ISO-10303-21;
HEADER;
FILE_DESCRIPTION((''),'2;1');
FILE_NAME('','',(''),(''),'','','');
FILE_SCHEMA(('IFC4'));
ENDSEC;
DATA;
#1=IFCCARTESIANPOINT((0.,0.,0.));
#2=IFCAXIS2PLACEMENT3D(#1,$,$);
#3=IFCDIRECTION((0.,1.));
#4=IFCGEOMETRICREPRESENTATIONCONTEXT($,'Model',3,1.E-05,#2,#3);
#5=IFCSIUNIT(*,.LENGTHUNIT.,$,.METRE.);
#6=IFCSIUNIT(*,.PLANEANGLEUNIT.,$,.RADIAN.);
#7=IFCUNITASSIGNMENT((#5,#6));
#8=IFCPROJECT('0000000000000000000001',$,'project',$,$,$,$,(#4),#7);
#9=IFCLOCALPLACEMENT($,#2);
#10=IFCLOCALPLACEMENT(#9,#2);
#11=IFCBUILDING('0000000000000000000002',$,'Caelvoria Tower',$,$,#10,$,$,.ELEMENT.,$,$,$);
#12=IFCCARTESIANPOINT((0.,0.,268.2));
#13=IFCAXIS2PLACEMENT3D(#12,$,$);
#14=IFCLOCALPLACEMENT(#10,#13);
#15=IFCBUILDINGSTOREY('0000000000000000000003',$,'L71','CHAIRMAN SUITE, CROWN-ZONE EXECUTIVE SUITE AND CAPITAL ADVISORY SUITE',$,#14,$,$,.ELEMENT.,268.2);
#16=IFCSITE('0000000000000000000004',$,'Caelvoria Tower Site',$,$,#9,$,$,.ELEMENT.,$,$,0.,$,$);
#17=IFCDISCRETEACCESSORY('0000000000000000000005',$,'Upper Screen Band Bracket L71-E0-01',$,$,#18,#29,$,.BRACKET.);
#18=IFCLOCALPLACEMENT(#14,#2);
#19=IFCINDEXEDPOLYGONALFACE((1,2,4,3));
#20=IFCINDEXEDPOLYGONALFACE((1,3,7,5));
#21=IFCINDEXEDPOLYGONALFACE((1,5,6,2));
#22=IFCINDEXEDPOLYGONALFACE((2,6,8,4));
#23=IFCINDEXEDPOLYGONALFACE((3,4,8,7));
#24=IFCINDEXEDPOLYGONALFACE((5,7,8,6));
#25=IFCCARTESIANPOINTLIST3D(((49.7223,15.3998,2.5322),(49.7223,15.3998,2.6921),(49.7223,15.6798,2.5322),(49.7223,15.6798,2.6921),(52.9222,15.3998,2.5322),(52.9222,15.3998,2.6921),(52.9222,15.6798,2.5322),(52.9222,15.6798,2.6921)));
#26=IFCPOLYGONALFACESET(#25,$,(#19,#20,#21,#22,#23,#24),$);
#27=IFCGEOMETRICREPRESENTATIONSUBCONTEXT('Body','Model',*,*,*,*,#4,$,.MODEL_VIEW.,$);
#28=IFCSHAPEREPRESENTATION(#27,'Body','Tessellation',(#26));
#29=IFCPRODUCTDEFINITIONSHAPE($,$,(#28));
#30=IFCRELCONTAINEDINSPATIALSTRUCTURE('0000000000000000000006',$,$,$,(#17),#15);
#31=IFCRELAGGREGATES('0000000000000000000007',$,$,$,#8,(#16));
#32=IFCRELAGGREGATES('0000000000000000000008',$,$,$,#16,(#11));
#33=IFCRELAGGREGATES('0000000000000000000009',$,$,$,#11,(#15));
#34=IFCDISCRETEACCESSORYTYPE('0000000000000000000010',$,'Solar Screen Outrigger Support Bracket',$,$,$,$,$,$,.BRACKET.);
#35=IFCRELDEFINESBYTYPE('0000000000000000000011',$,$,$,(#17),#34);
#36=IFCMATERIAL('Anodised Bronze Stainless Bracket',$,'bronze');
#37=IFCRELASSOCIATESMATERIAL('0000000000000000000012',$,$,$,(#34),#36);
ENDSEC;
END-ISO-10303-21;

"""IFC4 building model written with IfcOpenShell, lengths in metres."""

from ifc_helpers import new_model, si_unit, direction, frame, origin, origin_2d, place, context, subcontext, project, spatial, rectangle, extrude, material, type_object, element, save


model = new_model("IFC4")

# Units and contexts
model_context = context("Model", 3, precision=1e-05, world=origin(), true_north=direction((0.0, 1.0)))
body_context = subcontext(model_context, "Body", "Model", "MODEL_VIEW")
ifc_project = project(units=[si_unit("LENGTHUNIT", "METRE"), si_unit("PLANEANGLEUNIT", "RADIAN")], contexts=[model_context])

# Site, building, storey
site_placement = place(None, origin())
site = spatial("IfcSite", under=ifc_project, at=site_placement, Name="Caelvoria Tower Site", CompositionType="ELEMENT", RefElevation=0.0)
building_placement = place(site_placement, origin())
building = spatial("IfcBuilding", under=site, at=building_placement, Name="Caelvoria Tower", CompositionType="ELEMENT")
storey_placement = place(building_placement, frame((0.0, 0.0, 268.2)))
storey = spatial("IfcBuildingStorey", under=building, at=storey_placement, Name="L71", Description="CHAIRMAN SUITE, CROWN-ZONE EXECUTIVE SUITE AND CAPITAL ADVISORY SUITE", CompositionType="ELEMENT", Elevation=268.2)

# Discrete accessory
ifc_material_1 = material(Name="Anodised Bronze Stainless Bracket", Category="bronze")
discrete_accessory_type = type_object("IfcDiscreteAccessoryType", Name="Solar Screen Outrigger Support Bracket", PredefinedType="BRACKET", material=ifc_material_1)
for number, where, z_axis, x_axis, name in (
    (1, (51.3223, 15.5398, 2.5322), (0.0, 0.0, 1.0), (1.0, 0.0, 0.0), "Upper Screen Band Bracket L71-E0-01"),
):
    element("IfcDiscreteAccessory", number, at=place(storey_placement, frame(where, z_axis=z_axis, x_axis=x_axis)), inside=storey, type_object=discrete_accessory_type, Name=name, PredefinedType="BRACKET", context=body_context, shape_type="SweptSolid", body=[
        extrude(rectangle(XDim=3.2, YDim=0.28, at=origin_2d()), origin(), (0.0, 0.0, 1.0), 0.1599),
    ])

save(model, "model.ifc")
